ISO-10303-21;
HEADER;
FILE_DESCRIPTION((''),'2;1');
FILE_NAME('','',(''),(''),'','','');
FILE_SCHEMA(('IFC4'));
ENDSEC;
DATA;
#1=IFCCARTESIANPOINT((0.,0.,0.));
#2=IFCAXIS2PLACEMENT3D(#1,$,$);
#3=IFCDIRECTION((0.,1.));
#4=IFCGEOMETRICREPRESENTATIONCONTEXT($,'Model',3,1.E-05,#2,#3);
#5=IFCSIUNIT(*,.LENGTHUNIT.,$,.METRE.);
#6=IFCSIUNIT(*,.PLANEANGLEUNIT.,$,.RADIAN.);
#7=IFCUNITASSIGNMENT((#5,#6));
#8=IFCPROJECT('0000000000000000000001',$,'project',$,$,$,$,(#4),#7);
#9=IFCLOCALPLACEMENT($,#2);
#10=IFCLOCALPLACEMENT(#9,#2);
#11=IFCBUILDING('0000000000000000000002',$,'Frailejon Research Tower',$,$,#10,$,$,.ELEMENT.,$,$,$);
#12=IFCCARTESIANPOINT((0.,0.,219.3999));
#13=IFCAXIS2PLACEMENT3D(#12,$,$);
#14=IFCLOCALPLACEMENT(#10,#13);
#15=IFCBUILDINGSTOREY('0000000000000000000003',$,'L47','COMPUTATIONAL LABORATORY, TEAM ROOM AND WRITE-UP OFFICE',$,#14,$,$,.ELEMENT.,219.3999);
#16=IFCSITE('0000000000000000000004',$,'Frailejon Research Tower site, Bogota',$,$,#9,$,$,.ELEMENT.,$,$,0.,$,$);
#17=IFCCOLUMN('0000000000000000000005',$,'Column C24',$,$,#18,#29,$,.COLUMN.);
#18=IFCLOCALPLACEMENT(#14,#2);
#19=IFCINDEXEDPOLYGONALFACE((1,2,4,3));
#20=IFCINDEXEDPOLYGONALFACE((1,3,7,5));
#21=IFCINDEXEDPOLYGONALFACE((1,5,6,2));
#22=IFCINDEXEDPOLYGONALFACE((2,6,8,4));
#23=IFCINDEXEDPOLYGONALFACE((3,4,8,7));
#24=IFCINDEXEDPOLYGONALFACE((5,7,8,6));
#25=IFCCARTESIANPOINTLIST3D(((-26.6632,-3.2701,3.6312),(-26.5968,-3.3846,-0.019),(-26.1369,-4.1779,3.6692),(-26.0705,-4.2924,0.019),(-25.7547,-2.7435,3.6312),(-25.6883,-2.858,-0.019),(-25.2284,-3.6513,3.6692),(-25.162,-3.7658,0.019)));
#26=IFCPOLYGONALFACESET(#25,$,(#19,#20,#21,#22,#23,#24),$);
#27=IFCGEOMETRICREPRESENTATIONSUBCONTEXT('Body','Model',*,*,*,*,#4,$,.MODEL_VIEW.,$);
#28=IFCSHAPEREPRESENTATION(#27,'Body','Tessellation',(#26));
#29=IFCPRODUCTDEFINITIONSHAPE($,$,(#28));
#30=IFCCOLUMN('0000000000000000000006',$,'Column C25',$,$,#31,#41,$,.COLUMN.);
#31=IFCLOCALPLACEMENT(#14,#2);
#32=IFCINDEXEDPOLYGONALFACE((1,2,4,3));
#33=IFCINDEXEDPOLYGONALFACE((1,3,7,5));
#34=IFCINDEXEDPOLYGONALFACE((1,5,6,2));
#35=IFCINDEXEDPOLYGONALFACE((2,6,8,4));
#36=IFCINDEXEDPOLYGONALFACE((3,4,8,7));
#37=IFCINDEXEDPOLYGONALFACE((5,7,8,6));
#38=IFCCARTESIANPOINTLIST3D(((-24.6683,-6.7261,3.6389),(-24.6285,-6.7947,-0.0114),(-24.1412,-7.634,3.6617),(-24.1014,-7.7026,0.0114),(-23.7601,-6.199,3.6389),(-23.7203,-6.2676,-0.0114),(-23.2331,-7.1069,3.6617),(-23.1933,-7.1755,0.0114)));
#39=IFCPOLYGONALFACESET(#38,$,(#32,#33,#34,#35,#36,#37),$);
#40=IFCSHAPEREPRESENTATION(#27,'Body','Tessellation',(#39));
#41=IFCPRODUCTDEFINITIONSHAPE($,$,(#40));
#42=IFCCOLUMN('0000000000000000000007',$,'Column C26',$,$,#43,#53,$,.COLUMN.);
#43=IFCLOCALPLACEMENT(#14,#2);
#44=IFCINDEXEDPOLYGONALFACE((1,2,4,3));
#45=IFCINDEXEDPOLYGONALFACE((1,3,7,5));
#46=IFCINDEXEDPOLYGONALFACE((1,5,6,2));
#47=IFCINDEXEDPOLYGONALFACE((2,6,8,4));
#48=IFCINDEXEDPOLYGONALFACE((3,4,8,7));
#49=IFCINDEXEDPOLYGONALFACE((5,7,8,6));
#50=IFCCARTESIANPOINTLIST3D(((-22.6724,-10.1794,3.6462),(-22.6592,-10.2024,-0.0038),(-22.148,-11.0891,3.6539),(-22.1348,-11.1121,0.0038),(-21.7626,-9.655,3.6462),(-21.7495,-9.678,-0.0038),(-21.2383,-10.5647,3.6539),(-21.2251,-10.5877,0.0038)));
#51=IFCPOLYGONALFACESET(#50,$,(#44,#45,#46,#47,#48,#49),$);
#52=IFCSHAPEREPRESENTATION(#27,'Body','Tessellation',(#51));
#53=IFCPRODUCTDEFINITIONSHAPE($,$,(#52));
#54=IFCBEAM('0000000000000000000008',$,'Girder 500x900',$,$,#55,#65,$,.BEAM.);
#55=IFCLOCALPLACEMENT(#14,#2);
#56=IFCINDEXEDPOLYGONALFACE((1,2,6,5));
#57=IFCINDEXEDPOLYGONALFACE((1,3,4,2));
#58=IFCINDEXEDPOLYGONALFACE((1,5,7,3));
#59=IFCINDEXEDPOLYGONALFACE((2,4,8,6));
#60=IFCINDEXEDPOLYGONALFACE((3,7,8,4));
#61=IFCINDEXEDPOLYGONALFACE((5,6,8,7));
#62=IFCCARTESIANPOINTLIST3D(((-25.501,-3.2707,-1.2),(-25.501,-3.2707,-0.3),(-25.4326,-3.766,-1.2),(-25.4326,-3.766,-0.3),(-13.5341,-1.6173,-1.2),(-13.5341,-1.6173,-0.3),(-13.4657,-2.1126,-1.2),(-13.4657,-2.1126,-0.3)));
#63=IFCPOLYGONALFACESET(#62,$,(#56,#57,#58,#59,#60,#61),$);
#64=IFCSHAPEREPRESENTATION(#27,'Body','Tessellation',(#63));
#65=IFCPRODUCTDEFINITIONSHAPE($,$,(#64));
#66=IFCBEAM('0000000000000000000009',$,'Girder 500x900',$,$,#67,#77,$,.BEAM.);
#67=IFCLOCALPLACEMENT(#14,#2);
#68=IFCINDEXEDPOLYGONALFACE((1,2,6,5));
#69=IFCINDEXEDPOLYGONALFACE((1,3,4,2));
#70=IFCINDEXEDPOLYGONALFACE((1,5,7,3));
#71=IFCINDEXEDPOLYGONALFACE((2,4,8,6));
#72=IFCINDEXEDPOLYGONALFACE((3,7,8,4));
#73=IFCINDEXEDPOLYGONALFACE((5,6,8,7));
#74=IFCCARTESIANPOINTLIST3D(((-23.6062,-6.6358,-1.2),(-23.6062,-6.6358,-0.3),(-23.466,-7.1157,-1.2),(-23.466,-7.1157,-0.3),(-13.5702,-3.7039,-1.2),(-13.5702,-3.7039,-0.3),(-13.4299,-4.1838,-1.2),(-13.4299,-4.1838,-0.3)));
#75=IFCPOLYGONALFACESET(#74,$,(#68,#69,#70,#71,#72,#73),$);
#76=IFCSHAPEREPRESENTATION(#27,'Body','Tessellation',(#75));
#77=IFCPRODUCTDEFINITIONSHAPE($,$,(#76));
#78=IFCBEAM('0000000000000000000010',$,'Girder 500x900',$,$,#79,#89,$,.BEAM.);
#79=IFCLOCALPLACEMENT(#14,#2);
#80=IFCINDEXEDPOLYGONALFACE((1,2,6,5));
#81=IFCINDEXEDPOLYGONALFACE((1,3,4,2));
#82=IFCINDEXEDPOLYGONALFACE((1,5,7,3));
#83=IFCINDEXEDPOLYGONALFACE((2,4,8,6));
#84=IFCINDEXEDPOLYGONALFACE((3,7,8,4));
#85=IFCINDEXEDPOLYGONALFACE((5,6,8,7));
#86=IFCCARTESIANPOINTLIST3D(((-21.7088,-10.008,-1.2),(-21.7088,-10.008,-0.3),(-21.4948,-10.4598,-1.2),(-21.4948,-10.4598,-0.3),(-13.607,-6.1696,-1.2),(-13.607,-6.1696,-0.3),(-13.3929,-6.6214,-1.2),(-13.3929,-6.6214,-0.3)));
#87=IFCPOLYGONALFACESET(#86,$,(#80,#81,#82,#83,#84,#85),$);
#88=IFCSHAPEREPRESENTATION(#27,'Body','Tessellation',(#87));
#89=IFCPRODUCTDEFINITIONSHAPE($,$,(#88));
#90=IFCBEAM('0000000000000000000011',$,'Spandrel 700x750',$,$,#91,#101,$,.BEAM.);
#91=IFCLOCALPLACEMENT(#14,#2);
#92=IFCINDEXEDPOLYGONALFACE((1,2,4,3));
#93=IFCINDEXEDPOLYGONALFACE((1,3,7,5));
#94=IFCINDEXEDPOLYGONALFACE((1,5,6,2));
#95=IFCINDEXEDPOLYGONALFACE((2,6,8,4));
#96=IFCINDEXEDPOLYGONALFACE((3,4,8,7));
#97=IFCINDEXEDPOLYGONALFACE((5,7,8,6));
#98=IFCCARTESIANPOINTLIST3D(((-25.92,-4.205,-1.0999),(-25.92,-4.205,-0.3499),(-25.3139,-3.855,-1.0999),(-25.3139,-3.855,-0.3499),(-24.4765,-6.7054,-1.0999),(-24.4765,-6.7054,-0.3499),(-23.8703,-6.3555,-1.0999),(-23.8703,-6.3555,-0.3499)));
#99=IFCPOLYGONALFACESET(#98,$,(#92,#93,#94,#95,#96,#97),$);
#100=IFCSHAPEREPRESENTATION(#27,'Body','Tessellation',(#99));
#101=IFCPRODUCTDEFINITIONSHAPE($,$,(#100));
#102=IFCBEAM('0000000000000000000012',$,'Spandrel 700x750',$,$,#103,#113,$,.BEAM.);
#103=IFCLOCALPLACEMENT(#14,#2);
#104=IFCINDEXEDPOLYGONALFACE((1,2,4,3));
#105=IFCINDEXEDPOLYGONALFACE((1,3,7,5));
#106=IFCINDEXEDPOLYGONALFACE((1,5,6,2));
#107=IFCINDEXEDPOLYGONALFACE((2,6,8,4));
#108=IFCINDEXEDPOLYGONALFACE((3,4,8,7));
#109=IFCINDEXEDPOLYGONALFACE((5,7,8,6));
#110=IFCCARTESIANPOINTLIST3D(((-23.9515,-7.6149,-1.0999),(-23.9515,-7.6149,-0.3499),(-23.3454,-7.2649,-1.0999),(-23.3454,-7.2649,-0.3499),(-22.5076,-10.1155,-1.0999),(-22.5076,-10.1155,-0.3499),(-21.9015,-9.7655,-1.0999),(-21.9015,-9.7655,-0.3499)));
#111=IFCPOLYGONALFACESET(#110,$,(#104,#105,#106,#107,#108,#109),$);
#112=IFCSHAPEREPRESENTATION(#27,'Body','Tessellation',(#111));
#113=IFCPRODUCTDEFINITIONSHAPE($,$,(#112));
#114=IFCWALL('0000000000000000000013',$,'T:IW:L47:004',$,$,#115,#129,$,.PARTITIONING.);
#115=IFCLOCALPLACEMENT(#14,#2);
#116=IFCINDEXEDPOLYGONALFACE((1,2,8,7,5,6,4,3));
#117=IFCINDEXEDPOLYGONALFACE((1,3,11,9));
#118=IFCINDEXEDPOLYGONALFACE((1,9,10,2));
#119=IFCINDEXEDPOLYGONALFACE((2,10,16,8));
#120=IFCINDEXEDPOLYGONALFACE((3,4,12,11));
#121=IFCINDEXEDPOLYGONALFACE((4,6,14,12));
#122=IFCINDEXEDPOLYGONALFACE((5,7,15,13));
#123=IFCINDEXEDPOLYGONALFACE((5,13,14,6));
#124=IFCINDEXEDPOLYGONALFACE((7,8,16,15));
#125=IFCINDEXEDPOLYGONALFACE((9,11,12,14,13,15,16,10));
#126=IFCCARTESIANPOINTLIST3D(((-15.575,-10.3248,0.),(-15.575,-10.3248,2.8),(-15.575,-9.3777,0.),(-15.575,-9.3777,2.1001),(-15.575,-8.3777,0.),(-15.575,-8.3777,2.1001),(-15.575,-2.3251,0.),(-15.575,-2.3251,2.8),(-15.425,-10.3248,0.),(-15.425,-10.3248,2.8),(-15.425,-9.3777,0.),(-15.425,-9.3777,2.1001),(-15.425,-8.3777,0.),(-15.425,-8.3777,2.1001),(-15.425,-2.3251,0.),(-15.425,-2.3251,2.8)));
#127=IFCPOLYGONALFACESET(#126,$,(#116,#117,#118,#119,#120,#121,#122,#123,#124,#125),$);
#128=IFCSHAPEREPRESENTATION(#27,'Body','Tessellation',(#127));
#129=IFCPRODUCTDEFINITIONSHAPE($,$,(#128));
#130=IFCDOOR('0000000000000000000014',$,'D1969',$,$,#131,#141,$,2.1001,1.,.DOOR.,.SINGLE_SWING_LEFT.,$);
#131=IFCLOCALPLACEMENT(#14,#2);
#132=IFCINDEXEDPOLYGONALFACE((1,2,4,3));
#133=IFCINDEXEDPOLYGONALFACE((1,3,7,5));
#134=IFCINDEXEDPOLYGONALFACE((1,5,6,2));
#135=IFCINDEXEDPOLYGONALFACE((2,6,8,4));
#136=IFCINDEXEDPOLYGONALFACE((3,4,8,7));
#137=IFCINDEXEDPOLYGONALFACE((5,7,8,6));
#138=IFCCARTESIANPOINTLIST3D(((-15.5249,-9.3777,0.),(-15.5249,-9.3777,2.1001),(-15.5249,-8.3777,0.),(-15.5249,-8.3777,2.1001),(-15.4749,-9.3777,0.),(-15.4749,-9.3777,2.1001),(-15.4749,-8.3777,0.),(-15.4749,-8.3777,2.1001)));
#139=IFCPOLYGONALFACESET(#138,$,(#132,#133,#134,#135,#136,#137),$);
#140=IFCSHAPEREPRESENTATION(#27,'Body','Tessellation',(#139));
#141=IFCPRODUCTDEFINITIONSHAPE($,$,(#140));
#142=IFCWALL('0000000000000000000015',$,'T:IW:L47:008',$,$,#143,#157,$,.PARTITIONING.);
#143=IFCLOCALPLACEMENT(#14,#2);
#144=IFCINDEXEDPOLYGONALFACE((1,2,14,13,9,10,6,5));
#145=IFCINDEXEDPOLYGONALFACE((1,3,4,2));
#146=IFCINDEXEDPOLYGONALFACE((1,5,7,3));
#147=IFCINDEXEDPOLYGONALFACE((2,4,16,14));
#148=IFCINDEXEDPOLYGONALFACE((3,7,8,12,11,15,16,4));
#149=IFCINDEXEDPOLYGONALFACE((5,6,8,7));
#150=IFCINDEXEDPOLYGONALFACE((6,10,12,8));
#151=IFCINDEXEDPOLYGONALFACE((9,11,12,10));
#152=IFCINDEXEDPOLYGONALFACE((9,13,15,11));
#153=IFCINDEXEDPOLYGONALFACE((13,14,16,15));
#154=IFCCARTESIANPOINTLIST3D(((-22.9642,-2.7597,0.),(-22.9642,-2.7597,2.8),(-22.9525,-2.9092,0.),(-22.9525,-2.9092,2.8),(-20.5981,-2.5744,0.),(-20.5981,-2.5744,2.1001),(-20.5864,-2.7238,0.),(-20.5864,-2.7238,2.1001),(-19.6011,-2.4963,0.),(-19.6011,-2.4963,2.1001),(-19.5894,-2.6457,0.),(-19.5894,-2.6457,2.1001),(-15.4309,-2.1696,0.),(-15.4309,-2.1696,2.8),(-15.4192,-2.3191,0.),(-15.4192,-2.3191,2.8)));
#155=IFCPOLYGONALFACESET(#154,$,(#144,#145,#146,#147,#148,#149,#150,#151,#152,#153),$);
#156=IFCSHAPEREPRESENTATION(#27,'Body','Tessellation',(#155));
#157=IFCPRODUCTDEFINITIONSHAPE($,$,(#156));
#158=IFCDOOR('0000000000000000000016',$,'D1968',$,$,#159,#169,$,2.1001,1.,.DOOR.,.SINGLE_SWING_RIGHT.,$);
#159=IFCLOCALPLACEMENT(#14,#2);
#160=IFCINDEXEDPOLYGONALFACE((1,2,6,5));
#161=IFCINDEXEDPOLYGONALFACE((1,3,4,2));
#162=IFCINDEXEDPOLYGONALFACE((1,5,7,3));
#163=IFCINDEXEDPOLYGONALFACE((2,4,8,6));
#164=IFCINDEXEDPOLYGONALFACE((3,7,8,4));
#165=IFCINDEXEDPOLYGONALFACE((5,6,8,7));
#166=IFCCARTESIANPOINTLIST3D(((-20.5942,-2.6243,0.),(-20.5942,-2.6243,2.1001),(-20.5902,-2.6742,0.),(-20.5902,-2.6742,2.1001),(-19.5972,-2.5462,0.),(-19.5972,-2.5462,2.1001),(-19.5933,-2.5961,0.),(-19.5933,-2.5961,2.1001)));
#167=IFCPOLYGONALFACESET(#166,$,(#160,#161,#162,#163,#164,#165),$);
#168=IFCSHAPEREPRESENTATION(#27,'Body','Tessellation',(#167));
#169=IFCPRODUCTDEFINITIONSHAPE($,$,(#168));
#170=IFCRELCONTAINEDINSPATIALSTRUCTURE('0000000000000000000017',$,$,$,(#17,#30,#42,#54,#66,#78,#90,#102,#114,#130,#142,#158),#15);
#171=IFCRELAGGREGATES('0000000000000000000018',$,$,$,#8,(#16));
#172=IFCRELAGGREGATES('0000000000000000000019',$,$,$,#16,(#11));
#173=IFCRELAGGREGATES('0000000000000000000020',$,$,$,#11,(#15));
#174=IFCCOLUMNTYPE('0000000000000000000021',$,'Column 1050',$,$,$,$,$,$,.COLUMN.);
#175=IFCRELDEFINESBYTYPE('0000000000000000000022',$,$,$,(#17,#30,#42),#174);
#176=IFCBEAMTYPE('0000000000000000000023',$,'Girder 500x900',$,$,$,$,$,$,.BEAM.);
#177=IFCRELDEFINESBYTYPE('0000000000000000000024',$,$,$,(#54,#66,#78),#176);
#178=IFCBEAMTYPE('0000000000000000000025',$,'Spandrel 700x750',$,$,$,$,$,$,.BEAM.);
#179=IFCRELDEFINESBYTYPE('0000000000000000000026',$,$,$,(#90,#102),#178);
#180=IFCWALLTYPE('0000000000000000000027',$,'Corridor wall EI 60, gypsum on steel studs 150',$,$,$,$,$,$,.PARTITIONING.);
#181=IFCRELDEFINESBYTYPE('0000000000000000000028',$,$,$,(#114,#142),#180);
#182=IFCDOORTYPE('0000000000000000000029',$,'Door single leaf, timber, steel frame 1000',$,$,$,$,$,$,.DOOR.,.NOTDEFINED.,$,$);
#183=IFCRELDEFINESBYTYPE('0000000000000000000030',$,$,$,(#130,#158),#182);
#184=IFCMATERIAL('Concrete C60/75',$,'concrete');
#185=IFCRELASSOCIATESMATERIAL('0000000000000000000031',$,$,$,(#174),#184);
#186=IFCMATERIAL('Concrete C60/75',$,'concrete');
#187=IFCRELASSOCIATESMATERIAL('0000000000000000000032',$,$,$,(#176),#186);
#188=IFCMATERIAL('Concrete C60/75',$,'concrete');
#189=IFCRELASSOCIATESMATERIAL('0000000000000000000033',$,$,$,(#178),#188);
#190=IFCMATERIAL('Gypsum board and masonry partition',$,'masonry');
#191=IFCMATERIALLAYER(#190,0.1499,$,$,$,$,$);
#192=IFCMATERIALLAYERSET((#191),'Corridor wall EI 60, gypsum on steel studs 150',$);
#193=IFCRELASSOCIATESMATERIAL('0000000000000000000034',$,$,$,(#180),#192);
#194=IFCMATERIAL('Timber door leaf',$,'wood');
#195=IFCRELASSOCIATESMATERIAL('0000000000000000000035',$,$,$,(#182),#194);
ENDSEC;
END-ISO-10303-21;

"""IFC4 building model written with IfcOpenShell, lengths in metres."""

from ifc_helpers import new_model, si_unit, direction, frame, frame_2d, origin, origin_2d, place, context, subcontext, project, spatial, rectangle, extrude, material, layer, layer_set, material_profile, profile_set, type_object, element, fill, save


model = new_model("IFC4")

# Units and contexts
model_context = context("Model", 3, precision=1e-05, world=origin(), true_north=direction((0.0, 1.0)))
body_context = subcontext(model_context, "Body", "Model", "MODEL_VIEW")
ifc_project = project(units=[si_unit("LENGTHUNIT", "METRE"), si_unit("PLANEANGLEUNIT", "RADIAN")], contexts=[model_context])

# Site, building, storey
site_placement = place(None, origin())
site = spatial("IfcSite", under=ifc_project, at=site_placement, Name="Frailejon Research Tower site, Bogota", CompositionType="ELEMENT", RefElevation=0.0)
building_placement = place(site_placement, origin())
building = spatial("IfcBuilding", under=site, at=building_placement, Name="Frailejon Research Tower", CompositionType="ELEMENT")
storey_placement = place(building_placement, frame((0.0, 0.0, 219.3999)))
storey = spatial("IfcBuildingStorey", under=building, at=storey_placement, Name="L47", Description="COMPUTATIONAL LABORATORY, TEAM ROOM AND WRITE-UP OFFICE", CompositionType="ELEMENT", Elevation=219.3999)

# Columns
ifc_material_1 = material(Name="Concrete C60/75", Category="concrete")
ifc_material_profile_1 = material_profile(ifc_material_1, rectangle(XDim=1.05, YDim=1.05, at=origin_2d()), Name="Column 1050")
ifc_profile_set_1 = profile_set([ifc_material_profile_1], Name="Concrete C60/75")
column_type = type_object("IfcColumnType", Name="Column 1050", PredefinedType="COLUMN", material=ifc_profile_set_1)
column_1_placement = place(storey_placement, frame((-25.8794, -3.5752, 0.0), z_axis=(-0.018181, 0.031349, 0.999343), x_axis=(0.501221, -0.86456, 0.036239)))
element("IfcColumn", 1, at=column_1_placement, inside=storey, type_object=column_type, Name="Column C24", PredefinedType="COLUMN", context=body_context, shape_type="SweptSolid", body=[
    extrude(rectangle(XDim=1.05, YDim=1.05, at=origin_2d()), origin(), (0.0, 0.0, 1.0), 3.6526),
])
column_2_placement = place(storey_placement, frame((-23.9109, -6.9851, 0.0), z_axis=(-0.0109, 0.01879, 0.999764), x_axis=(0.501924, -0.864639, 0.021723)))
element("IfcColumn", 2, at=column_2_placement, inside=storey, type_object=column_type, Name="Column C25", PredefinedType="COLUMN", context=body_context, shape_type="SweptSolid", body=[
    extrude(rectangle(XDim=1.05, YDim=1.05, at=origin_2d()), origin(), (0.0, 0.0, 1.0), 3.6511),
])
column_3_placement = place(storey_placement, frame((-21.9421, -10.395, 0.0), z_axis=(-0.003612, 0.006287, 0.999974), x_axis=(0.499382, -0.866352, 0.007251)))
element("IfcColumn", 3, at=column_3_placement, inside=storey, type_object=column_type, Name="Column C26", PredefinedType="COLUMN", context=body_context, shape_type="SweptSolid", body=[
    extrude(rectangle(XDim=1.05, YDim=1.05, at=origin_2d()), origin(), (0.0, 0.0, 1.0), 3.6501),
])

# Beams
ifc_material_2 = material(Name="Concrete C60/75", Category="concrete")
ifc_material_profile_2 = material_profile(ifc_material_2, rectangle(XDim=0.5, YDim=0.8999, at=origin_2d()), Name="Girder 500x900")
ifc_profile_set_2 = profile_set([ifc_material_profile_2], Name="Concrete C60/75")
beam_type_1 = type_object("IfcBeamType", Name="Girder 500x900", PredefinedType="BEAM", material=ifc_profile_set_2)
beam_1_placement = place(storey_placement, frame((-25.4668, -3.5183, -0.75), z_axis=(0.990591, 0.136859, 0.0), x_axis=(-0.136859, 0.990591, 0.0)))
element("IfcBeam", 4, at=beam_1_placement, inside=storey, type_object=beam_type_1, Name="Girder 500x900", PredefinedType="BEAM", context=body_context, shape_type="SweptSolid", body=[
    extrude(rectangle(XDim=0.5, YDim=0.8999, at=origin_2d()), origin(), (0.0, 0.0, 1.0), 12.0806),
])
beam_2_placement = place(storey_placement, frame((-23.5361, -6.8757, -0.75), z_axis=(0.95988, 0.280412, 0.0), x_axis=(-0.280412, 0.95988, 0.0)))
element("IfcBeam", 5, at=beam_2_placement, inside=storey, type_object=beam_type_1, Name="Girder 500x900", PredefinedType="BEAM", context=body_context, shape_type="SweptSolid", body=[
    extrude(rectangle(XDim=0.5, YDim=0.8999, at=origin_2d()), origin(), (0.0, 0.0, 1.0), 10.4556),
])
beam_3_placement = place(storey_placement, frame((-21.6018, -10.2339, -0.75), z_axis=(0.903708, 0.428148, 0.0), x_axis=(-0.428148, 0.903708, 0.0)))
element("IfcBeam", 6, at=beam_3_placement, inside=storey, type_object=beam_type_1, Name="Girder 500x900", PredefinedType="BEAM", context=body_context, shape_type="SweptSolid", body=[
    extrude(rectangle(XDim=0.5, YDim=0.8999, at=origin_2d()), origin(), (0.0, 0.0, 1.0), 8.9651),
])
ifc_material_3 = material(Name="Concrete C60/75", Category="concrete")
ifc_material_profile_3 = material_profile(ifc_material_3, rectangle(XDim=0.7, YDim=0.75, at=origin_2d()), Name="Spandrel 700x750")
ifc_profile_set_3 = profile_set([ifc_material_profile_3], Name="Concrete C60/75")
beam_type_2 = type_object("IfcBeamType", Name="Spandrel 700x750", PredefinedType="BEAM", material=ifc_profile_set_3)
beam_4_placement = place(storey_placement, frame((-25.6169, -4.03, -0.7249), z_axis=(0.499986, -0.866034, 0.0), x_axis=(0.866034, 0.499986, 0.0)))
element("IfcBeam", 7, at=beam_4_placement, inside=storey, type_object=beam_type_2, Name="Spandrel 700x750", PredefinedType="BEAM", context=body_context, shape_type="SweptSolid", body=[
    extrude(rectangle(XDim=0.7, YDim=0.75, at=origin_2d()), origin(), (0.0, 0.0, 1.0), 2.8872),
])
beam_5_placement = place(storey_placement, frame((-23.6484, -7.4399, -0.7249), z_axis=(0.500049, -0.865997, 0.0), x_axis=(0.865997, 0.500049, 0.0)))
element("IfcBeam", 8, at=beam_5_placement, inside=storey, type_object=beam_type_2, Name="Spandrel 700x750", PredefinedType="BEAM", context=body_context, shape_type="SweptSolid", body=[
    extrude(rectangle(XDim=0.7, YDim=0.75, at=origin_2d()), origin(), (0.0, 0.0, 1.0), 2.8875),
])

# Walls, openings, doors
ifc_material_4 = material(Name="Gypsum board and masonry partition", Category="masonry")
ifc_layer_1 = layer(ifc_material_4, 0.1499)
ifc_layer_set_1 = layer_set([ifc_layer_1], Name="Corridor wall EI 60, gypsum on steel studs 150")
wall_type_1 = type_object("IfcWallType", Name="Corridor wall EI 60, gypsum on steel studs 150", PredefinedType="PARTITIONING", material=ifc_layer_set_1)
wall_1_placement = place(storey_placement, frame((-15.5, -10.325, 0.0), z_axis=(0.0, 0.0, 1.0), x_axis=(0.0, 1.0, 0.0)))
wall_1 = element("IfcWall", 9, at=wall_1_placement, inside=storey, type_object=wall_type_1, Name="T:IW:L47:004", PredefinedType="PARTITIONING", context=body_context, shape_type="SweptSolid", body=[
    extrude(rectangle(XDim=7.9998, YDim=0.1499, at=frame_2d((4.0, 0.0))), origin(), (0.0, 0.0, 1.0), 2.8),
])
opening_1_placement = place(wall_1_placement, frame((0.9473, 0.0, 0.0)))
opening_1 = element("IfcOpeningElement", 10, at=opening_1_placement, cuts=wall_1, PredefinedType="OPENING", context=body_context, shape_type="SweptSolid", body=[
    extrude(rectangle(XDim=1.0, YDim=2.1001, at=frame_2d((0.5, 1.05))), frame((0.0, 0.085, 0.0), z_axis=(0.0, -1.0, 0.0), x_axis=(1.0, 0.0, 0.0)), (0.0, 0.0, 1.0), 0.1699),
])
ifc_material_5 = material(Name="Timber door leaf", Category="wood")
door_type_1 = type_object("IfcDoorType", Name="Door single leaf, timber, steel frame 1000", OperationType="NOTDEFINED", PredefinedType="DOOR", material=ifc_material_5)
door_1_placement = place(opening_1_placement, origin())
door_1 = element("IfcDoor", 11, at=door_1_placement, inside=storey, type_object=door_type_1, Name="D1969", OperationType="SINGLE_SWING_LEFT", OverallHeight=2.1001, OverallWidth=1.0, PredefinedType="DOOR", context=body_context, shape_type="SweptSolid", body=[
    extrude(rectangle(XDim=1.0, YDim=2.1001, at=frame_2d((0.5, 1.05))), frame((0.0, 0.0249, 0.0), z_axis=(0.0, -1.0, 0.0), x_axis=(1.0, 0.0, 0.0)), (0.0, 0.0, 1.0), 0.05),
])
fill(opening_1, door_1)
wall_2_placement = place(storey_placement, frame((-22.9585, -2.8345, 0.0), z_axis=(0.0, 0.0, 1.0), x_axis=(0.996946, 0.078092, 0.0)))
wall_2 = element("IfcWall", 12, at=wall_2_placement, inside=storey, type_object=wall_type_1, Name="T:IW:L47:008", PredefinedType="PARTITIONING", context=body_context, shape_type="SweptSolid", body=[
    extrude(rectangle(XDim=7.5564, YDim=0.1499, at=frame_2d((3.7783, 0.0))), origin(), (0.0, 0.0, 1.0), 2.8),
])
opening_2_placement = place(wall_2_placement, frame((2.3735, 0.0, 0.0)))
opening_2 = element("IfcOpeningElement", 13, at=opening_2_placement, cuts=wall_2, PredefinedType="OPENING", context=body_context, shape_type="SweptSolid", body=[
    extrude(rectangle(XDim=1.0, YDim=2.1001, at=frame_2d((0.5, 1.05))), frame((0.0, 0.085, 0.0), z_axis=(0.0, -1.0, 0.0), x_axis=(1.0, 0.0, 0.0)), (0.0, 0.0, 1.0), 0.1699),
])
door_2_placement = place(opening_2_placement, origin())
door_2 = element("IfcDoor", 14, at=door_2_placement, inside=storey, type_object=door_type_1, Name="D1968", OperationType="SINGLE_SWING_RIGHT", OverallHeight=2.1001, OverallWidth=1.0, PredefinedType="DOOR", context=body_context, shape_type="SweptSolid", body=[
    extrude(rectangle(XDim=1.0, YDim=2.1001, at=frame_2d((0.5, 1.05))), frame((0.0, 0.0249, 0.0), z_axis=(0.0, -1.0, 0.0), x_axis=(1.0, 0.0, 0.0)), (0.0, 0.0, 1.0), 0.05),
])
fill(opening_2, door_2)

save(model, "model.ifc")
